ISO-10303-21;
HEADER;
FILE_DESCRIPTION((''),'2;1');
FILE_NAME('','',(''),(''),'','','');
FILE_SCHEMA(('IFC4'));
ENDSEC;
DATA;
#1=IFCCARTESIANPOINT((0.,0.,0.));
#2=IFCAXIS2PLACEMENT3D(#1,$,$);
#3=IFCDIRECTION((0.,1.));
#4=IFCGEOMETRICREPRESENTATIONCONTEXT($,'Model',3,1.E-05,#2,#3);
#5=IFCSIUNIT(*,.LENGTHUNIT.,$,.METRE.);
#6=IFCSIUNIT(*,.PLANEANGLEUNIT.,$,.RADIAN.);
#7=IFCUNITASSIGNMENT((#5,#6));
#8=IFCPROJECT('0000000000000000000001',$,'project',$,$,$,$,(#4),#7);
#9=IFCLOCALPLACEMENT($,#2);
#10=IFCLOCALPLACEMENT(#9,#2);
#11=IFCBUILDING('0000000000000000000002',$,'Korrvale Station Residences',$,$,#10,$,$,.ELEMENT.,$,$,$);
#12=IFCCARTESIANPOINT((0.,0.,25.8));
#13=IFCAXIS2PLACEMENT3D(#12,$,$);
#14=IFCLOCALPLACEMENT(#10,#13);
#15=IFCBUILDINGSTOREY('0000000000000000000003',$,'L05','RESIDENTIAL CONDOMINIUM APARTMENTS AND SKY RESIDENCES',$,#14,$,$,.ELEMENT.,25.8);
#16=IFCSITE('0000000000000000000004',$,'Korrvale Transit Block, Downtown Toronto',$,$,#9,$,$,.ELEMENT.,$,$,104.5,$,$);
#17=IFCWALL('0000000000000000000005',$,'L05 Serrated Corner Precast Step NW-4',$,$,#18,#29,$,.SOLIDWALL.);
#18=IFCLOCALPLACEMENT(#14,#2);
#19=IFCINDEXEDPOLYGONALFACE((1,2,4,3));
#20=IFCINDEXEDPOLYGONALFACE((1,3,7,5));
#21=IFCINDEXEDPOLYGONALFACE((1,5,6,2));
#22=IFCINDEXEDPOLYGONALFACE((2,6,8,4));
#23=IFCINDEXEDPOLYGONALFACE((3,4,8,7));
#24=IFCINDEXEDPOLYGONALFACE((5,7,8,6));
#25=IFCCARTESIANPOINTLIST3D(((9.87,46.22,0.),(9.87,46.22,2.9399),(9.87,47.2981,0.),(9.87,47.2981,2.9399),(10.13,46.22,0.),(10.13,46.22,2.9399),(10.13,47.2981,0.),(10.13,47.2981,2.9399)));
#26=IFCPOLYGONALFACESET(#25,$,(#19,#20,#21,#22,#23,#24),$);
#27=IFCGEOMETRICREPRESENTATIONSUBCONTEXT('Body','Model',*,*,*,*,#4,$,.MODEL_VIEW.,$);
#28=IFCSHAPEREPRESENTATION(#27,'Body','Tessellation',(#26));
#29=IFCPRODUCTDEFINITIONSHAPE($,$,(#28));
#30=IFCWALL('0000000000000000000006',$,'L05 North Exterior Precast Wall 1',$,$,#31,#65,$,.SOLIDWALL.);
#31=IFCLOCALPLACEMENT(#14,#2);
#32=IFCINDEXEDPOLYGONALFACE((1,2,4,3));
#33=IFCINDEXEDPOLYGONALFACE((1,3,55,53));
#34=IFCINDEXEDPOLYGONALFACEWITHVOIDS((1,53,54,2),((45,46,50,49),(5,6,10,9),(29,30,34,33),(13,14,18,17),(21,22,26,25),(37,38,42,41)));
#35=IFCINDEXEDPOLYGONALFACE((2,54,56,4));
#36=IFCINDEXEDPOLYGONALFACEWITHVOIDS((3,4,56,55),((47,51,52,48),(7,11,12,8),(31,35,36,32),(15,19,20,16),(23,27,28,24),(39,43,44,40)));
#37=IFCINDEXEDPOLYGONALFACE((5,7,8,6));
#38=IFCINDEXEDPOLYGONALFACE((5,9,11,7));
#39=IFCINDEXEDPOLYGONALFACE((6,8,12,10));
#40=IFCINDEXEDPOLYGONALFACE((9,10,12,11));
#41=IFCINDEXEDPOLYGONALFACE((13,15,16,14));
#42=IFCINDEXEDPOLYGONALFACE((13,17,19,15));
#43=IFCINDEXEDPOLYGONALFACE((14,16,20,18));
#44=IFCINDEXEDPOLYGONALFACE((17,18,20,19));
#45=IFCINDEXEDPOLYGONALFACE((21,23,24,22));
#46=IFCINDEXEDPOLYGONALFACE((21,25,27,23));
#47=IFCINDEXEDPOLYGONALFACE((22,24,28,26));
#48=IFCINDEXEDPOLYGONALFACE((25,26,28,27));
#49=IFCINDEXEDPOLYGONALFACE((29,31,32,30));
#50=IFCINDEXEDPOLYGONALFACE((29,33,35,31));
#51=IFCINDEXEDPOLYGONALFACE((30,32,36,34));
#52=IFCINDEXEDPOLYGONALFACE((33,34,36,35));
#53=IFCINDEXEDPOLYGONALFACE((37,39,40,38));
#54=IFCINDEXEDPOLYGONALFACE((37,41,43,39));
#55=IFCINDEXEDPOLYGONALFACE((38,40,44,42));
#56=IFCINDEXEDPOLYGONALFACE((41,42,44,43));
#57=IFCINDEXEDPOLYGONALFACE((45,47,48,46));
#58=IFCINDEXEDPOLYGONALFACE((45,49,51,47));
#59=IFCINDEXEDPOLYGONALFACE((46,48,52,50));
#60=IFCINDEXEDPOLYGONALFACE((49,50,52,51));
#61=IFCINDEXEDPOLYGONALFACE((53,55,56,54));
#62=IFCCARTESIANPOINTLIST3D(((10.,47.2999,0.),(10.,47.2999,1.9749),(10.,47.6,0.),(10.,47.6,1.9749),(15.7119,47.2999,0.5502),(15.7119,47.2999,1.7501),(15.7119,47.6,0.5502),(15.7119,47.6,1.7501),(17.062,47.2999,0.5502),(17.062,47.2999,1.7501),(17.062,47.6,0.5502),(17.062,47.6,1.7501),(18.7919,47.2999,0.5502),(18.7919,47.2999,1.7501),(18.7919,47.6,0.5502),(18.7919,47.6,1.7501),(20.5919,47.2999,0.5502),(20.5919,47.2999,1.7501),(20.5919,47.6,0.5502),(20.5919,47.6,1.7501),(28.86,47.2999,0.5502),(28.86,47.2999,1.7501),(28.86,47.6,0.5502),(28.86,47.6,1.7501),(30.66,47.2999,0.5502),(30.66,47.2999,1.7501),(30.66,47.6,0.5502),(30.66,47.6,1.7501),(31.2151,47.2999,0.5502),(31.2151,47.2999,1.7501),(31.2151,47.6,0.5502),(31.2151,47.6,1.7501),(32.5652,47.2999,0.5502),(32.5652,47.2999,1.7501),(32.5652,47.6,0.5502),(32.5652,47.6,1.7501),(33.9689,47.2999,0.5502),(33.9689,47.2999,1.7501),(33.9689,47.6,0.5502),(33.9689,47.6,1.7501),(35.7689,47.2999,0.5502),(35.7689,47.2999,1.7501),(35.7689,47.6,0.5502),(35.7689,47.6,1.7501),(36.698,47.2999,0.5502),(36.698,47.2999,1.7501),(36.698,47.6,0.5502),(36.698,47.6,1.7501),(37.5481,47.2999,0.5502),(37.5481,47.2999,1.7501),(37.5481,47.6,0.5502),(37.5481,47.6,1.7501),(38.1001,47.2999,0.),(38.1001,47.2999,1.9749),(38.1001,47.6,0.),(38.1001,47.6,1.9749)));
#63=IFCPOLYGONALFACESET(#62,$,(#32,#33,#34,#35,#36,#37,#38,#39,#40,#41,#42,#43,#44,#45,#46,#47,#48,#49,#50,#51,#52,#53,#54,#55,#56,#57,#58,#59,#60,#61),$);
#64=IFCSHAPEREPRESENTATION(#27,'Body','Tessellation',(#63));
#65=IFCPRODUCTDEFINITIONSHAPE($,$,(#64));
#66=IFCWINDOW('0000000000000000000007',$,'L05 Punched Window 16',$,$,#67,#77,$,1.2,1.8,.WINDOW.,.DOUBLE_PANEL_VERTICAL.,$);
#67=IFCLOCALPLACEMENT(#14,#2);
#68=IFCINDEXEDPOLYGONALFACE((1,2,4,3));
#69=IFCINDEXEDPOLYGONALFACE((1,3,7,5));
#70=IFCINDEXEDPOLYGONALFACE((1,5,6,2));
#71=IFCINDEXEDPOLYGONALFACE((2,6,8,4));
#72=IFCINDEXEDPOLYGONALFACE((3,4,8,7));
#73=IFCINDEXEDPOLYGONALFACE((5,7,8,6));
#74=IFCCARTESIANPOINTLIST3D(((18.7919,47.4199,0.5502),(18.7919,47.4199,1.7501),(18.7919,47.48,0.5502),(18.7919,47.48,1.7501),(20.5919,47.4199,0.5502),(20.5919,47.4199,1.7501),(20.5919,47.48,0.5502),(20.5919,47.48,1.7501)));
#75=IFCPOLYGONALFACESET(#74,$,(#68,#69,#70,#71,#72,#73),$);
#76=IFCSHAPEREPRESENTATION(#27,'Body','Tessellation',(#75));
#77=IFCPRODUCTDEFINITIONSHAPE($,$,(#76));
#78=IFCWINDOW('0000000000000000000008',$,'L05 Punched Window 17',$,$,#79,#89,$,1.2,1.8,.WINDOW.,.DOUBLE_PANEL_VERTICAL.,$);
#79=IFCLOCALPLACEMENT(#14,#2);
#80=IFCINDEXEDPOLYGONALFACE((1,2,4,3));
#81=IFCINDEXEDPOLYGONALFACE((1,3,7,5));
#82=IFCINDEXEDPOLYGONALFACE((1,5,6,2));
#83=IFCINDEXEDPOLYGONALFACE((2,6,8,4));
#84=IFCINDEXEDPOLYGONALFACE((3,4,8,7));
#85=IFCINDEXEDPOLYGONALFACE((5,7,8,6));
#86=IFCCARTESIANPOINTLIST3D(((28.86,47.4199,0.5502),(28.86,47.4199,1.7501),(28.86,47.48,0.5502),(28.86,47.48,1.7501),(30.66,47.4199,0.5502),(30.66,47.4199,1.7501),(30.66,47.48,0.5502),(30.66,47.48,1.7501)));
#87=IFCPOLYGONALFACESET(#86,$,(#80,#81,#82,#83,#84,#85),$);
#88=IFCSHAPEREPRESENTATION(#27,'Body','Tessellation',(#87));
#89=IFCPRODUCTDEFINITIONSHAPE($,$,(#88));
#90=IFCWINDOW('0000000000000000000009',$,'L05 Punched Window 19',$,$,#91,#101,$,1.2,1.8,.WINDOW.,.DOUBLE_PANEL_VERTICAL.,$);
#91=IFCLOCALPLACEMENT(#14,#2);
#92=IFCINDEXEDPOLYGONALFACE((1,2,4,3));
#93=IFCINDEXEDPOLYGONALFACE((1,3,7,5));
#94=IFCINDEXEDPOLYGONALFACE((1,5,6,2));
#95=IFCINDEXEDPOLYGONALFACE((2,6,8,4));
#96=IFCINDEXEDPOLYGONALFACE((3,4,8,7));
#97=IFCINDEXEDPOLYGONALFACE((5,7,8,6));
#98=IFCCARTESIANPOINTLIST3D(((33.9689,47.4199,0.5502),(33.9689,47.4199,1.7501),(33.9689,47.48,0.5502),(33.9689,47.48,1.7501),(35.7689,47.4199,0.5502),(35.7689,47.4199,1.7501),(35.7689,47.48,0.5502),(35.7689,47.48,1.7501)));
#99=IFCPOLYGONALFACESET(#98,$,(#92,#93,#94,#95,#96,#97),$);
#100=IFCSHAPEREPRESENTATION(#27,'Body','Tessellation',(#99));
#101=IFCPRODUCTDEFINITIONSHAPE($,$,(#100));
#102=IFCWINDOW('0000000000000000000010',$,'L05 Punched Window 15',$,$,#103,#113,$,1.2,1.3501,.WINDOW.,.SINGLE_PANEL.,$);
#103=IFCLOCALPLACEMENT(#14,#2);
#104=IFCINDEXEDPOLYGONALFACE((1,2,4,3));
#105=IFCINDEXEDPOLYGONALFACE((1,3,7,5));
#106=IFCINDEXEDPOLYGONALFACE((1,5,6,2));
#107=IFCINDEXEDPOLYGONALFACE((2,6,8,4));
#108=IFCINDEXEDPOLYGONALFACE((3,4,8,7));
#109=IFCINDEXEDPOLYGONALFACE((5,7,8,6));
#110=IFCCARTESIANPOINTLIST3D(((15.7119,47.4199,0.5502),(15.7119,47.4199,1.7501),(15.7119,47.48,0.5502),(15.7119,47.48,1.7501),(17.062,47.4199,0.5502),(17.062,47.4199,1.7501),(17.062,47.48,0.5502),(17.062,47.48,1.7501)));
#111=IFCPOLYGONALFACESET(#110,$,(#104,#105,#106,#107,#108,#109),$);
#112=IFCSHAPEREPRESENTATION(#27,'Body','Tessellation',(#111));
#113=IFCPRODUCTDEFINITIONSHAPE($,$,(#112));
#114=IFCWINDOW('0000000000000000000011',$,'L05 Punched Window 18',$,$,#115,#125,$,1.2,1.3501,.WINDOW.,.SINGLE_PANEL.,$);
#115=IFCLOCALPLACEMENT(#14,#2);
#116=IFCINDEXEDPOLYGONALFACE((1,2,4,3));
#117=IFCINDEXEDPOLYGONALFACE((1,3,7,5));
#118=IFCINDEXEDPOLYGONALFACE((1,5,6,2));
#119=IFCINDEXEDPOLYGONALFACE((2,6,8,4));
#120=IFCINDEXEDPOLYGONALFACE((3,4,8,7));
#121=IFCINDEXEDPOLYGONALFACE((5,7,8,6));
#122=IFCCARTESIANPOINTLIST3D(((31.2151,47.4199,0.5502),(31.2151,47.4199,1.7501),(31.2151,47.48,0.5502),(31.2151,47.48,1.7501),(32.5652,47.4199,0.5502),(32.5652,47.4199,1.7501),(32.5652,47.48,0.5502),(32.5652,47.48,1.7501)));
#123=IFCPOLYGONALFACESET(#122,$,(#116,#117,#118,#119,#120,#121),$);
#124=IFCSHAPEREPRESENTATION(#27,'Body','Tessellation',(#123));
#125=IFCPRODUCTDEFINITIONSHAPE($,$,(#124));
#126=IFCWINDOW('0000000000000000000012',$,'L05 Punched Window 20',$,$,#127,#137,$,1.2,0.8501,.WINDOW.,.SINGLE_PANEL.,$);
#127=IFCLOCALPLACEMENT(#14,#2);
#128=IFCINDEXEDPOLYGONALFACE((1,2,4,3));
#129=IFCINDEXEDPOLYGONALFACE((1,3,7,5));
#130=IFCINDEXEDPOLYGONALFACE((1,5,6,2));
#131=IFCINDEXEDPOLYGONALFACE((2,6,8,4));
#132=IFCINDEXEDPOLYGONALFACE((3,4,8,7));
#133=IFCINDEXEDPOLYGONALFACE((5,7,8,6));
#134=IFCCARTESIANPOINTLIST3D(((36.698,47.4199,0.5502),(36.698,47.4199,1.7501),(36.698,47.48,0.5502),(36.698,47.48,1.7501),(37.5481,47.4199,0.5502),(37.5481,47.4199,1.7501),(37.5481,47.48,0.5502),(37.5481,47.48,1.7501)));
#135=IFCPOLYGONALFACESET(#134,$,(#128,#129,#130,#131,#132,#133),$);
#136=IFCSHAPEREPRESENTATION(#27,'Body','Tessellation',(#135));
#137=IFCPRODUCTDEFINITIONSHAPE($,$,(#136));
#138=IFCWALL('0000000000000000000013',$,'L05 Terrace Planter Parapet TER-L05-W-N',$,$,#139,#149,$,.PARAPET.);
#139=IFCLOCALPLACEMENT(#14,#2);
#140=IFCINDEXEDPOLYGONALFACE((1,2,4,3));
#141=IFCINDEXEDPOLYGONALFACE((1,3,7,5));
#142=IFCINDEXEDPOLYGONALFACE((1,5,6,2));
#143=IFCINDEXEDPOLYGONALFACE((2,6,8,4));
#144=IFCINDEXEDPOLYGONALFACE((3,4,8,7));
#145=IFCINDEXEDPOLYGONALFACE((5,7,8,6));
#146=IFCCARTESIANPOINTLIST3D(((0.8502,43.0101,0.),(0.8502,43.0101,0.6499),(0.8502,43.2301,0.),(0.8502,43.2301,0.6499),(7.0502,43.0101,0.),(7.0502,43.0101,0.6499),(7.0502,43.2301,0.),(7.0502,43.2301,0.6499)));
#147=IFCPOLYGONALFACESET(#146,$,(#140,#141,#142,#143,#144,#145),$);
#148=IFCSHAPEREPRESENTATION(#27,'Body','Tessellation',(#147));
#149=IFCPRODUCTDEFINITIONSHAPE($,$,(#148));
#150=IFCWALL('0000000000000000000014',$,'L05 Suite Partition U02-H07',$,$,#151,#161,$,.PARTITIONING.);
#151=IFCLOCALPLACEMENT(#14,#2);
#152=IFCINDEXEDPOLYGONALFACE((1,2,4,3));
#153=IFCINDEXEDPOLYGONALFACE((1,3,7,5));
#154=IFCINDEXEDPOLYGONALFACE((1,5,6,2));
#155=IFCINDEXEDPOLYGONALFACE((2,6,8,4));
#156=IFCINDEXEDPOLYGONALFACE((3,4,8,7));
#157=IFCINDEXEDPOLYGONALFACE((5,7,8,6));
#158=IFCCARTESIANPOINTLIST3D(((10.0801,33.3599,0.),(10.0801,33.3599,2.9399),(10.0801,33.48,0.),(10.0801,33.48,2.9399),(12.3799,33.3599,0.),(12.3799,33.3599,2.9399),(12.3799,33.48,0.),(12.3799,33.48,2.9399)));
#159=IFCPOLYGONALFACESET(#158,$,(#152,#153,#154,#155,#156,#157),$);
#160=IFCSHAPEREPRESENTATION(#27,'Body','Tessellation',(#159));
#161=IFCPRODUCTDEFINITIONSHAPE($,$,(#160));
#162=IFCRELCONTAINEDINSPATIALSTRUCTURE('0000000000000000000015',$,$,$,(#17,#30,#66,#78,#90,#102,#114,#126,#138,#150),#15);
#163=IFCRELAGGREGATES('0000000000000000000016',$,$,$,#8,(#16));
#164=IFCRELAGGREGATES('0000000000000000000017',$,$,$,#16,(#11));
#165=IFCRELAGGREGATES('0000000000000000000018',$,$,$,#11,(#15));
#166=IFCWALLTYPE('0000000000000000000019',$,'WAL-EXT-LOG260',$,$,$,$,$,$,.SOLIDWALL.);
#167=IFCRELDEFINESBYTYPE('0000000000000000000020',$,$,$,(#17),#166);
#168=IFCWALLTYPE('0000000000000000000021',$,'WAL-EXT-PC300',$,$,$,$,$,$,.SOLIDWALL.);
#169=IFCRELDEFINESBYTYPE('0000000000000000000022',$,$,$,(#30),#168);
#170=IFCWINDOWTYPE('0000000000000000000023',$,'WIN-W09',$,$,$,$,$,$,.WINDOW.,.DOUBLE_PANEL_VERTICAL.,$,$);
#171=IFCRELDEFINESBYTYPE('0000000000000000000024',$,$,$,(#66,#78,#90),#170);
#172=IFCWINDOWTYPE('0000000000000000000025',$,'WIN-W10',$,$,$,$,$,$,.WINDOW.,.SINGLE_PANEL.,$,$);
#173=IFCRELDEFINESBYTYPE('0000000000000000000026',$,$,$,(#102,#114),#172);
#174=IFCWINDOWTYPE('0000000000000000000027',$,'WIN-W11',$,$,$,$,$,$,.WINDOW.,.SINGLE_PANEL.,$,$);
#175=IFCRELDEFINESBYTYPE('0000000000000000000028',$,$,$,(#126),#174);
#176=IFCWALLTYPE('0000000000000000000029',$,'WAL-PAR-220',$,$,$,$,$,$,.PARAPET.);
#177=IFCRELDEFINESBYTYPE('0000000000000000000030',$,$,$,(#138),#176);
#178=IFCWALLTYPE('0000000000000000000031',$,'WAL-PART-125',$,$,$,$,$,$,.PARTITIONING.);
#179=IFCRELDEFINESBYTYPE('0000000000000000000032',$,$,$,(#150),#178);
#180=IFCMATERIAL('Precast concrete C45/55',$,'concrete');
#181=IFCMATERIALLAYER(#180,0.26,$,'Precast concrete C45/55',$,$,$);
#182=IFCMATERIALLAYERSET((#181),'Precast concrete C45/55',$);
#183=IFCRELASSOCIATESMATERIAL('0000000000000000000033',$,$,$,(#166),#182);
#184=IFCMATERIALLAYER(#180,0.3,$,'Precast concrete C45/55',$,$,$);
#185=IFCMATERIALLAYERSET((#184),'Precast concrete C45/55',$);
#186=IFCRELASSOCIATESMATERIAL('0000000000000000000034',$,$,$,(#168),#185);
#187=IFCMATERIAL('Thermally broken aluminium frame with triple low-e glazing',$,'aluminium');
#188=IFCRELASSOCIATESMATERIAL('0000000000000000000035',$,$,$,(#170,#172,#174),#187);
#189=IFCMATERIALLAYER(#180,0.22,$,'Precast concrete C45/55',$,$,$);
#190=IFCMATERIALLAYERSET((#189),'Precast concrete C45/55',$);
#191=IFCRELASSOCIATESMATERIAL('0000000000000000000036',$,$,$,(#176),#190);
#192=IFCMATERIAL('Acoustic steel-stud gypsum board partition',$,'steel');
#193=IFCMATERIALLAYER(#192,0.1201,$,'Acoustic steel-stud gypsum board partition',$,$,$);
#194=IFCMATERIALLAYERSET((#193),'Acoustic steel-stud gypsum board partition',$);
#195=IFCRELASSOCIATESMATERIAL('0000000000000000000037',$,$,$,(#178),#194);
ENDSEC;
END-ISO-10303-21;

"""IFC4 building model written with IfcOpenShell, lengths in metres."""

from ifc_helpers import new_model, si_unit, direction, frame, frame_2d, origin, place, context, subcontext, project, spatial, rectangle, extrude, material, layer, layer_set, type_object, element, fill, save


model = new_model("IFC4")

# Units and contexts
model_context = context("Model", 3, precision=1e-05, world=origin(), true_north=direction((0.0, 1.0)))
body_context = subcontext(model_context, "Body", "Model", "MODEL_VIEW")
ifc_project = project(units=[si_unit("LENGTHUNIT", "METRE"), si_unit("PLANEANGLEUNIT", "RADIAN")], contexts=[model_context])

# Site, building, storey
site_placement = place(None, origin())
site = spatial("IfcSite", under=ifc_project, at=site_placement, Name="Korrvale Transit Block, Downtown Toronto", CompositionType="ELEMENT", RefElevation=104.5)
building_placement = place(site_placement, origin())
building = spatial("IfcBuilding", under=site, at=building_placement, Name="Korrvale Station Residences", CompositionType="ELEMENT")
storey_placement = place(building_placement, frame((0.0, 0.0, 25.8)))
storey = spatial("IfcBuildingStorey", under=building, at=storey_placement, Name="L05", Description="RESIDENTIAL CONDOMINIUM APARTMENTS AND SKY RESIDENCES", CompositionType="ELEMENT", Elevation=25.8)

# Wall
ifc_material_1 = material(Name="Precast concrete C45/55", Category="concrete")
ifc_layer_1 = layer(ifc_material_1, 0.26, Name="Precast concrete C45/55")
ifc_layer_set_1 = layer_set([ifc_layer_1], Name="Precast concrete C45/55")
wall_type_1 = type_object("IfcWallType", Name="WAL-EXT-LOG260", PredefinedType="SOLIDWALL", material=ifc_layer_set_1)
wall_1_placement = place(storey_placement, frame((10.0, 46.22, 0.0), z_axis=(0.0, 0.0, 1.0), x_axis=(0.0, 1.0, 0.0)))
element("IfcWall", 1, at=wall_1_placement, inside=storey, type_object=wall_type_1, Name="L05 Serrated Corner Precast Step NW-4", PredefinedType="SOLIDWALL", context=body_context, shape_type="SweptSolid", body=[
    extrude(rectangle(XDim=1.0781, YDim=0.26, at=frame_2d((0.5391, 0.0))), origin(), (0.0, 0.0, 1.0), 2.9399),
])

# Wall, openings, windows
ifc_layer_2 = layer(ifc_material_1, 0.3, Name="Precast concrete C45/55")
ifc_layer_set_2 = layer_set([ifc_layer_2], Name="Precast concrete C45/55")
wall_type_2 = type_object("IfcWallType", Name="WAL-EXT-PC300", PredefinedType="SOLIDWALL", material=ifc_layer_set_2)
wall_2_placement = place(storey_placement, frame((10.0, 47.45, 0.0), z_axis=(0.0, 0.0, 1.0), x_axis=(1.0, 0.0, 0.0)))
wall_2 = element("IfcWall", 2, at=wall_2_placement, inside=storey, type_object=wall_type_2, Name="L05 North Exterior Precast Wall 1", PredefinedType="SOLIDWALL", context=body_context, shape_type="SweptSolid", body=[
    extrude(rectangle(XDim=28.1001, YDim=0.3, at=frame_2d((14.05, 0.0))), origin(), (0.0, 0.0, 1.0), 1.9749),
])
opening_1_placement = place(wall_2_placement, frame((5.7119, 0.0, 0.55)))
opening_1 = element("IfcOpeningElement", 3, at=opening_1_placement, cuts=wall_2, PredefinedType="OPENING", context=body_context, shape_type="SweptSolid", body=[
    extrude(rectangle(XDim=1.3501, YDim=1.2, at=frame_2d((0.675, 0.6001))), frame((0.0, 0.1602, 0.0), z_axis=(0.0, -1.0, 0.0), x_axis=(1.0, 0.0, 0.0)), (0.0, 0.0, 1.0), 0.3201),
])
opening_2_placement = place(wall_2_placement, frame((8.792, 0.0, 0.55)))
opening_2 = element("IfcOpeningElement", 4, at=opening_2_placement, cuts=wall_2, PredefinedType="OPENING", context=body_context, shape_type="SweptSolid", body=[
    extrude(rectangle(XDim=1.8, YDim=1.2, at=frame_2d((0.8999, 0.6001))), frame((0.0, 0.1602, 0.0), z_axis=(0.0, -1.0, 0.0), x_axis=(1.0, 0.0, 0.0)), (0.0, 0.0, 1.0), 0.3201),
])
opening_3_placement = place(wall_2_placement, frame((18.8601, 0.0, 0.55)))
opening_3 = element("IfcOpeningElement", 5, at=opening_3_placement, cuts=wall_2, PredefinedType="OPENING", context=body_context, shape_type="SweptSolid", body=[
    extrude(rectangle(XDim=1.8, YDim=1.2, at=frame_2d((0.8999, 0.6001))), frame((0.0, 0.1602, 0.0), z_axis=(0.0, -1.0, 0.0), x_axis=(1.0, 0.0, 0.0)), (0.0, 0.0, 1.0), 0.3201),
])
opening_4_placement = place(wall_2_placement, frame((21.2151, 0.0, 0.55)))
opening_4 = element("IfcOpeningElement", 6, at=opening_4_placement, cuts=wall_2, PredefinedType="OPENING", context=body_context, shape_type="SweptSolid", body=[
    extrude(rectangle(XDim=1.3501, YDim=1.2, at=frame_2d((0.675, 0.6001))), frame((0.0, 0.1602, 0.0), z_axis=(0.0, -1.0, 0.0), x_axis=(1.0, 0.0, 0.0)), (0.0, 0.0, 1.0), 0.3201),
])
opening_5_placement = place(wall_2_placement, frame((23.969, 0.0, 0.55)))
opening_5 = element("IfcOpeningElement", 7, at=opening_5_placement, cuts=wall_2, PredefinedType="OPENING", context=body_context, shape_type="SweptSolid", body=[
    extrude(rectangle(XDim=1.8, YDim=1.2, at=frame_2d((0.8999, 0.6001))), frame((0.0, 0.1602, 0.0), z_axis=(0.0, -1.0, 0.0), x_axis=(1.0, 0.0, 0.0)), (0.0, 0.0, 1.0), 0.3201),
])
opening_6_placement = place(wall_2_placement, frame((26.698, 0.0, 0.55)))
opening_6 = element("IfcOpeningElement", 8, at=opening_6_placement, cuts=wall_2, PredefinedType="OPENING", context=body_context, shape_type="SweptSolid", body=[
    extrude(rectangle(XDim=0.8501, YDim=1.2, at=frame_2d((0.425, 0.6001))), frame((0.0, 0.1602, 0.0), z_axis=(0.0, -1.0, 0.0), x_axis=(1.0, 0.0, 0.0)), (0.0, 0.0, 1.0), 0.3201),
])
ifc_material_2 = material(Name="Thermally broken aluminium frame with triple low-e glazing", Category="aluminium")
window_type_1 = type_object("IfcWindowType", Name="WIN-W09", PartitioningType="DOUBLE_PANEL_VERTICAL", PredefinedType="WINDOW", material=ifc_material_2)
window_1_placement = place(opening_2_placement, origin())
window_1 = element("IfcWindow", 9, at=window_1_placement, inside=storey, type_object=window_type_1, Name="L05 Punched Window 16", OverallHeight=1.2, OverallWidth=1.8, PartitioningType="DOUBLE_PANEL_VERTICAL", PredefinedType="WINDOW", context=body_context, shape_type="SweptSolid", body=[
    extrude(rectangle(XDim=1.8, YDim=1.2, at=frame_2d((0.8999, 0.6001))), frame((0.0, 0.03, 0.0), z_axis=(0.0, -1.0, 0.0), x_axis=(1.0, 0.0, 0.0)), (0.0, 0.0, 1.0), 0.0601),
])
fill(opening_2, window_1)
window_2_placement = place(opening_3_placement, origin())
window_2 = element("IfcWindow", 10, at=window_2_placement, inside=storey, type_object=window_type_1, Name="L05 Punched Window 17", OverallHeight=1.2, OverallWidth=1.8, PartitioningType="DOUBLE_PANEL_VERTICAL", PredefinedType="WINDOW", context=body_context, shape_type="SweptSolid", body=[
    extrude(rectangle(XDim=1.8, YDim=1.2, at=frame_2d((0.8999, 0.6001))), frame((0.0, 0.03, 0.0), z_axis=(0.0, -1.0, 0.0), x_axis=(1.0, 0.0, 0.0)), (0.0, 0.0, 1.0), 0.0601),
])
fill(opening_3, window_2)
window_3_placement = place(opening_5_placement, origin())
window_3 = element("IfcWindow", 11, at=window_3_placement, inside=storey, type_object=window_type_1, Name="L05 Punched Window 19", OverallHeight=1.2, OverallWidth=1.8, PartitioningType="DOUBLE_PANEL_VERTICAL", PredefinedType="WINDOW", context=body_context, shape_type="SweptSolid", body=[
    extrude(rectangle(XDim=1.8, YDim=1.2, at=frame_2d((0.8999, 0.6001))), frame((0.0, 0.03, 0.0), z_axis=(0.0, -1.0, 0.0), x_axis=(1.0, 0.0, 0.0)), (0.0, 0.0, 1.0), 0.0601),
])
fill(opening_5, window_3)
window_type_2 = type_object("IfcWindowType", Name="WIN-W10", PartitioningType="SINGLE_PANEL", PredefinedType="WINDOW", material=ifc_material_2)
window_4_placement = place(opening_1_placement, origin())
window_4 = element("IfcWindow", 12, at=window_4_placement, inside=storey, type_object=window_type_2, Name="L05 Punched Window 15", OverallHeight=1.2, OverallWidth=1.3501, PartitioningType="SINGLE_PANEL", PredefinedType="WINDOW", context=body_context, shape_type="SweptSolid", body=[
    extrude(rectangle(XDim=1.3501, YDim=1.2, at=frame_2d((0.675, 0.6001))), frame((0.0, 0.03, 0.0), z_axis=(0.0, -1.0, 0.0), x_axis=(1.0, 0.0, 0.0)), (0.0, 0.0, 1.0), 0.0601),
])
fill(opening_1, window_4)
window_5_placement = place(opening_4_placement, origin())
window_5 = element("IfcWindow", 13, at=window_5_placement, inside=storey, type_object=window_type_2, Name="L05 Punched Window 18", OverallHeight=1.2, OverallWidth=1.3501, PartitioningType="SINGLE_PANEL", PredefinedType="WINDOW", context=body_context, shape_type="SweptSolid", body=[
    extrude(rectangle(XDim=1.3501, YDim=1.2, at=frame_2d((0.675, 0.6001))), frame((0.0, 0.03, 0.0), z_axis=(0.0, -1.0, 0.0), x_axis=(1.0, 0.0, 0.0)), (0.0, 0.0, 1.0), 0.0601),
])
fill(opening_4, window_5)
window_type_3 = type_object("IfcWindowType", Name="WIN-W11", PartitioningType="SINGLE_PANEL", PredefinedType="WINDOW", material=ifc_material_2)
window_6_placement = place(opening_6_placement, origin())
window_6 = element("IfcWindow", 14, at=window_6_placement, inside=storey, type_object=window_type_3, Name="L05 Punched Window 20", OverallHeight=1.2, OverallWidth=0.8501, PartitioningType="SINGLE_PANEL", PredefinedType="WINDOW", context=body_context, shape_type="SweptSolid", body=[
    extrude(rectangle(XDim=0.8501, YDim=1.2, at=frame_2d((0.425, 0.6001))), frame((0.0, 0.03, 0.0), z_axis=(0.0, -1.0, 0.0), x_axis=(1.0, 0.0, 0.0)), (0.0, 0.0, 1.0), 0.0601),
])
fill(opening_6, window_6)

# Walls
ifc_layer_3 = layer(ifc_material_1, 0.22, Name="Precast concrete C45/55")
ifc_layer_set_3 = layer_set([ifc_layer_3], Name="Precast concrete C45/55")
wall_type_3 = type_object("IfcWallType", Name="WAL-PAR-220", PredefinedType="PARAPET", material=ifc_layer_set_3)
wall_3_placement = place(storey_placement, frame((0.8501, 43.1201, 0.0), z_axis=(0.0, 0.0, 1.0), x_axis=(1.0, 0.0, 0.0)))
element("IfcWall", 15, at=wall_3_placement, inside=storey, type_object=wall_type_3, Name="L05 Terrace Planter Parapet TER-L05-W-N", PredefinedType="PARAPET", context=body_context, shape_type="SweptSolid", body=[
    extrude(rectangle(XDim=6.2, YDim=0.22, at=frame_2d((3.1001, 0.0))), origin(), (0.0, 0.0, 1.0), 0.6499),
])
ifc_material_3 = material(Name="Acoustic steel-stud gypsum board partition", Category="steel")
ifc_layer_4 = layer(ifc_material_3, 0.1201, Name="Acoustic steel-stud gypsum board partition")
ifc_layer_set_4 = layer_set([ifc_layer_4], Name="Acoustic steel-stud gypsum board partition")
wall_type_4 = type_object("IfcWallType", Name="WAL-PART-125", PredefinedType="PARTITIONING", material=ifc_layer_set_4)
wall_4_placement = place(storey_placement, frame((10.0801, 33.4199, 0.0), z_axis=(0.0, 0.0, 1.0), x_axis=(1.0, 0.0, 0.0)))
element("IfcWall", 16, at=wall_4_placement, inside=storey, type_object=wall_type_4, Name="L05 Suite Partition U02-H07", PredefinedType="PARTITIONING", context=body_context, shape_type="SweptSolid", body=[
    extrude(rectangle(XDim=2.2998, YDim=0.1201, at=frame_2d((1.1499, 0.0))), origin(), (0.0, 0.0, 1.0), 2.9399),
])

save(model, "model.ifc")
